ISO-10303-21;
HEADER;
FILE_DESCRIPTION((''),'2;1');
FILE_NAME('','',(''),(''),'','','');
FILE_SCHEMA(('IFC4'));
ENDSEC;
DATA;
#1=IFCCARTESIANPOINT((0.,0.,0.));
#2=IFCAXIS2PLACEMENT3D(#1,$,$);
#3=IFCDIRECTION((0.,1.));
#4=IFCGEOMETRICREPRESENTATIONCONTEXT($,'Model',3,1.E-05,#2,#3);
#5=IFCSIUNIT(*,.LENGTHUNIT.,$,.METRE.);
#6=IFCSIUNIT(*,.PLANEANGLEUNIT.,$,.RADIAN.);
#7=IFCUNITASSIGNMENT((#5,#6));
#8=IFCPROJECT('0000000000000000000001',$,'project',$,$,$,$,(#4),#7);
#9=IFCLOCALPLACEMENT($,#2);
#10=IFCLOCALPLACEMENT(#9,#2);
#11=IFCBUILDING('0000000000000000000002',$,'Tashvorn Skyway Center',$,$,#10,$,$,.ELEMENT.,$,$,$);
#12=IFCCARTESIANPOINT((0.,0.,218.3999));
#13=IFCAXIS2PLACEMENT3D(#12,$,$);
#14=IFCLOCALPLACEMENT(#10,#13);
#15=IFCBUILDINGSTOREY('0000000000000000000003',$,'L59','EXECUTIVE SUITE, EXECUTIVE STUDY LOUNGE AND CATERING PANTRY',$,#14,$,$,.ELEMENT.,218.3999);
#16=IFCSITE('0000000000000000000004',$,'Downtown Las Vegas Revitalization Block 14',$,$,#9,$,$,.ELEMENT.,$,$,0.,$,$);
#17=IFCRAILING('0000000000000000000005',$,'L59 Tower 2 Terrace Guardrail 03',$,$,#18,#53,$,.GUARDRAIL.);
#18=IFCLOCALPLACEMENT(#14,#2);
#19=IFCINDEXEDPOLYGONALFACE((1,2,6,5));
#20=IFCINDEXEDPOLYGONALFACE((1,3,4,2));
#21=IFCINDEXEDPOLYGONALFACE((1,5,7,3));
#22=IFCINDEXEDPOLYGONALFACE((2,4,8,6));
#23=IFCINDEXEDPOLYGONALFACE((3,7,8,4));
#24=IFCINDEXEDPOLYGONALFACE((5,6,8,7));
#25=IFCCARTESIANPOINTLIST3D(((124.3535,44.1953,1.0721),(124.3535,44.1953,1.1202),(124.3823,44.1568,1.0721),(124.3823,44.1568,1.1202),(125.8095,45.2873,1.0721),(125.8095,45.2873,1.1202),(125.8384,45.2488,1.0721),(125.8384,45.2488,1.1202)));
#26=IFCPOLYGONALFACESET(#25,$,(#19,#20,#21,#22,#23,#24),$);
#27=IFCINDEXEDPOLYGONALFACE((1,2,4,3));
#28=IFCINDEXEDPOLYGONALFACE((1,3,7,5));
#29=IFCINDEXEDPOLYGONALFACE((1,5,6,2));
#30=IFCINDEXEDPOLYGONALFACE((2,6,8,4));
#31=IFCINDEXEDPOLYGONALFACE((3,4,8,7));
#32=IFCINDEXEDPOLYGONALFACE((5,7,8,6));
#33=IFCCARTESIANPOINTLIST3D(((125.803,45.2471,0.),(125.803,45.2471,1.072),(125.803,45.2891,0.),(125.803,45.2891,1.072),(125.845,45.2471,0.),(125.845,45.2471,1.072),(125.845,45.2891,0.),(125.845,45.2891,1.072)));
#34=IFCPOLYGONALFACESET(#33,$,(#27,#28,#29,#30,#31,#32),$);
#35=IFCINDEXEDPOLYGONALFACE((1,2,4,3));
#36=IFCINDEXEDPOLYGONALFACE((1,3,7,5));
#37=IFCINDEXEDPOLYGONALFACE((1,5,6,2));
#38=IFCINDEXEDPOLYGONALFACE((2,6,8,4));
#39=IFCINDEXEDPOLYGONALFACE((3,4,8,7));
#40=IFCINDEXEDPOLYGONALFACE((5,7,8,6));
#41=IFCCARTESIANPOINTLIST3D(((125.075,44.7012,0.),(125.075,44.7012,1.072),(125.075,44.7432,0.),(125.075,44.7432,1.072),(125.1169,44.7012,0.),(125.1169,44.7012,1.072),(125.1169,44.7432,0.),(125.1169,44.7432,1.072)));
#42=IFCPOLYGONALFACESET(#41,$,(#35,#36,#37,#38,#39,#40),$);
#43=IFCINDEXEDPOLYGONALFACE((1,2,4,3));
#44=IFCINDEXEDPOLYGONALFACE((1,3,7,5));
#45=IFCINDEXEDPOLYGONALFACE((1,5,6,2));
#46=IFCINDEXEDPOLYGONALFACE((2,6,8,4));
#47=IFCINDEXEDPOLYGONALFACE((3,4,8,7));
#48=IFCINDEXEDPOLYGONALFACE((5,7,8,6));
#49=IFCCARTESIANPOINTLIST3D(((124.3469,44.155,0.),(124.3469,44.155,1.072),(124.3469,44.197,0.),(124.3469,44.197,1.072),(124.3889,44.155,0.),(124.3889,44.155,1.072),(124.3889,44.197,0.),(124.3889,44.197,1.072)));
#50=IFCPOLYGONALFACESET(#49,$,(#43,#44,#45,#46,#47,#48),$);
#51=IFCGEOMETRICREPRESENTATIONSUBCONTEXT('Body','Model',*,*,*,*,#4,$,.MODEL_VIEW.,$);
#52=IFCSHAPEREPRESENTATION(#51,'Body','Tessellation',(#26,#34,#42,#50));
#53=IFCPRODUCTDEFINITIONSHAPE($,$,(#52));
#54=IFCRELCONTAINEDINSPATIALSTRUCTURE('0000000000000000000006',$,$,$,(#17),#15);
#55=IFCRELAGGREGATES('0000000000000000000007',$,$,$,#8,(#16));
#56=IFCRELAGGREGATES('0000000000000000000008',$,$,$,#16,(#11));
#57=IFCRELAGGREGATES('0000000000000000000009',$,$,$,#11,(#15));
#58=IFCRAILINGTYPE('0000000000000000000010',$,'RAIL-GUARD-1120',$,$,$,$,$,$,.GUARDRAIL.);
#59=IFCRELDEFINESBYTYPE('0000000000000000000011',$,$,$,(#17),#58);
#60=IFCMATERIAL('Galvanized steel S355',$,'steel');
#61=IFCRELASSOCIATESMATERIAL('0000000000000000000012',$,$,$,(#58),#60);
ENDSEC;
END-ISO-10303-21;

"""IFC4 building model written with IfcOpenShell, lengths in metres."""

from ifc_helpers import new_model, si_unit, direction, frame, origin, origin_2d, place, context, subcontext, project, spatial, rectangle, extrude, material, type_object, element, save


model = new_model("IFC4")

# Units and contexts
model_context = context("Model", 3, precision=1e-05, world=origin(), true_north=direction((0.0, 1.0)))
body_context = subcontext(model_context, "Body", "Model", "MODEL_VIEW")
ifc_project = project(units=[si_unit("LENGTHUNIT", "METRE"), si_unit("PLANEANGLEUNIT", "RADIAN")], contexts=[model_context])

# Site, building, storey
site_placement = place(None, origin())
site = spatial("IfcSite", under=ifc_project, at=site_placement, Name="Downtown Las Vegas Revitalization Block 14", CompositionType="ELEMENT", RefElevation=0.0)
building_placement = place(site_placement, origin())
building = spatial("IfcBuilding", under=site, at=building_placement, Name="Tashvorn Skyway Center", CompositionType="ELEMENT")
storey_placement = place(building_placement, frame((0.0, 0.0, 218.3999)))
storey = spatial("IfcBuildingStorey", under=building, at=storey_placement, Name="L59", Description="EXECUTIVE SUITE, EXECUTIVE STUDY LOUNGE AND CATERING PANTRY", CompositionType="ELEMENT", Elevation=218.3999)

# Railing
ifc_material_1 = material(Name="Galvanized steel S355", Category="steel")
railing_type = type_object("IfcRailingType", Name="RAIL-GUARD-1120", PredefinedType="GUARDRAIL", material=ifc_material_1)
railing_placement = place(storey_placement, frame((125.824, 45.2681, 0.0)))
element("IfcRailing", 1, at=railing_placement, inside=storey, type_object=railing_type, Name="L59 Tower 2 Terrace Guardrail 03", PredefinedType="GUARDRAIL", context=body_context, shape_type="SweptSolid", body=[
    extrude(rectangle(XDim=0.0481, YDim=0.0481, at=origin_2d()), frame((0.0, 0.0, 1.0962), z_axis=(-0.8, -0.6, 0.0), x_axis=(0.6, -0.8, 0.0)), (0.0, 0.0, 1.0), 1.8201),
    extrude(rectangle(XDim=0.042, YDim=0.042, at=origin_2d()), origin(), (0.0, 0.0, 1.0), 1.072),
    extrude(rectangle(XDim=0.042, YDim=0.042, at=origin_2d()), frame((-0.728, -0.5459, 0.0)), (0.0, 0.0, 1.0), 1.072),
    extrude(rectangle(XDim=0.042, YDim=0.042, at=origin_2d()), frame((-1.4561, -1.092, 0.0)), (0.0, 0.0, 1.0), 1.072),
])

save(model, "model.ifc")
